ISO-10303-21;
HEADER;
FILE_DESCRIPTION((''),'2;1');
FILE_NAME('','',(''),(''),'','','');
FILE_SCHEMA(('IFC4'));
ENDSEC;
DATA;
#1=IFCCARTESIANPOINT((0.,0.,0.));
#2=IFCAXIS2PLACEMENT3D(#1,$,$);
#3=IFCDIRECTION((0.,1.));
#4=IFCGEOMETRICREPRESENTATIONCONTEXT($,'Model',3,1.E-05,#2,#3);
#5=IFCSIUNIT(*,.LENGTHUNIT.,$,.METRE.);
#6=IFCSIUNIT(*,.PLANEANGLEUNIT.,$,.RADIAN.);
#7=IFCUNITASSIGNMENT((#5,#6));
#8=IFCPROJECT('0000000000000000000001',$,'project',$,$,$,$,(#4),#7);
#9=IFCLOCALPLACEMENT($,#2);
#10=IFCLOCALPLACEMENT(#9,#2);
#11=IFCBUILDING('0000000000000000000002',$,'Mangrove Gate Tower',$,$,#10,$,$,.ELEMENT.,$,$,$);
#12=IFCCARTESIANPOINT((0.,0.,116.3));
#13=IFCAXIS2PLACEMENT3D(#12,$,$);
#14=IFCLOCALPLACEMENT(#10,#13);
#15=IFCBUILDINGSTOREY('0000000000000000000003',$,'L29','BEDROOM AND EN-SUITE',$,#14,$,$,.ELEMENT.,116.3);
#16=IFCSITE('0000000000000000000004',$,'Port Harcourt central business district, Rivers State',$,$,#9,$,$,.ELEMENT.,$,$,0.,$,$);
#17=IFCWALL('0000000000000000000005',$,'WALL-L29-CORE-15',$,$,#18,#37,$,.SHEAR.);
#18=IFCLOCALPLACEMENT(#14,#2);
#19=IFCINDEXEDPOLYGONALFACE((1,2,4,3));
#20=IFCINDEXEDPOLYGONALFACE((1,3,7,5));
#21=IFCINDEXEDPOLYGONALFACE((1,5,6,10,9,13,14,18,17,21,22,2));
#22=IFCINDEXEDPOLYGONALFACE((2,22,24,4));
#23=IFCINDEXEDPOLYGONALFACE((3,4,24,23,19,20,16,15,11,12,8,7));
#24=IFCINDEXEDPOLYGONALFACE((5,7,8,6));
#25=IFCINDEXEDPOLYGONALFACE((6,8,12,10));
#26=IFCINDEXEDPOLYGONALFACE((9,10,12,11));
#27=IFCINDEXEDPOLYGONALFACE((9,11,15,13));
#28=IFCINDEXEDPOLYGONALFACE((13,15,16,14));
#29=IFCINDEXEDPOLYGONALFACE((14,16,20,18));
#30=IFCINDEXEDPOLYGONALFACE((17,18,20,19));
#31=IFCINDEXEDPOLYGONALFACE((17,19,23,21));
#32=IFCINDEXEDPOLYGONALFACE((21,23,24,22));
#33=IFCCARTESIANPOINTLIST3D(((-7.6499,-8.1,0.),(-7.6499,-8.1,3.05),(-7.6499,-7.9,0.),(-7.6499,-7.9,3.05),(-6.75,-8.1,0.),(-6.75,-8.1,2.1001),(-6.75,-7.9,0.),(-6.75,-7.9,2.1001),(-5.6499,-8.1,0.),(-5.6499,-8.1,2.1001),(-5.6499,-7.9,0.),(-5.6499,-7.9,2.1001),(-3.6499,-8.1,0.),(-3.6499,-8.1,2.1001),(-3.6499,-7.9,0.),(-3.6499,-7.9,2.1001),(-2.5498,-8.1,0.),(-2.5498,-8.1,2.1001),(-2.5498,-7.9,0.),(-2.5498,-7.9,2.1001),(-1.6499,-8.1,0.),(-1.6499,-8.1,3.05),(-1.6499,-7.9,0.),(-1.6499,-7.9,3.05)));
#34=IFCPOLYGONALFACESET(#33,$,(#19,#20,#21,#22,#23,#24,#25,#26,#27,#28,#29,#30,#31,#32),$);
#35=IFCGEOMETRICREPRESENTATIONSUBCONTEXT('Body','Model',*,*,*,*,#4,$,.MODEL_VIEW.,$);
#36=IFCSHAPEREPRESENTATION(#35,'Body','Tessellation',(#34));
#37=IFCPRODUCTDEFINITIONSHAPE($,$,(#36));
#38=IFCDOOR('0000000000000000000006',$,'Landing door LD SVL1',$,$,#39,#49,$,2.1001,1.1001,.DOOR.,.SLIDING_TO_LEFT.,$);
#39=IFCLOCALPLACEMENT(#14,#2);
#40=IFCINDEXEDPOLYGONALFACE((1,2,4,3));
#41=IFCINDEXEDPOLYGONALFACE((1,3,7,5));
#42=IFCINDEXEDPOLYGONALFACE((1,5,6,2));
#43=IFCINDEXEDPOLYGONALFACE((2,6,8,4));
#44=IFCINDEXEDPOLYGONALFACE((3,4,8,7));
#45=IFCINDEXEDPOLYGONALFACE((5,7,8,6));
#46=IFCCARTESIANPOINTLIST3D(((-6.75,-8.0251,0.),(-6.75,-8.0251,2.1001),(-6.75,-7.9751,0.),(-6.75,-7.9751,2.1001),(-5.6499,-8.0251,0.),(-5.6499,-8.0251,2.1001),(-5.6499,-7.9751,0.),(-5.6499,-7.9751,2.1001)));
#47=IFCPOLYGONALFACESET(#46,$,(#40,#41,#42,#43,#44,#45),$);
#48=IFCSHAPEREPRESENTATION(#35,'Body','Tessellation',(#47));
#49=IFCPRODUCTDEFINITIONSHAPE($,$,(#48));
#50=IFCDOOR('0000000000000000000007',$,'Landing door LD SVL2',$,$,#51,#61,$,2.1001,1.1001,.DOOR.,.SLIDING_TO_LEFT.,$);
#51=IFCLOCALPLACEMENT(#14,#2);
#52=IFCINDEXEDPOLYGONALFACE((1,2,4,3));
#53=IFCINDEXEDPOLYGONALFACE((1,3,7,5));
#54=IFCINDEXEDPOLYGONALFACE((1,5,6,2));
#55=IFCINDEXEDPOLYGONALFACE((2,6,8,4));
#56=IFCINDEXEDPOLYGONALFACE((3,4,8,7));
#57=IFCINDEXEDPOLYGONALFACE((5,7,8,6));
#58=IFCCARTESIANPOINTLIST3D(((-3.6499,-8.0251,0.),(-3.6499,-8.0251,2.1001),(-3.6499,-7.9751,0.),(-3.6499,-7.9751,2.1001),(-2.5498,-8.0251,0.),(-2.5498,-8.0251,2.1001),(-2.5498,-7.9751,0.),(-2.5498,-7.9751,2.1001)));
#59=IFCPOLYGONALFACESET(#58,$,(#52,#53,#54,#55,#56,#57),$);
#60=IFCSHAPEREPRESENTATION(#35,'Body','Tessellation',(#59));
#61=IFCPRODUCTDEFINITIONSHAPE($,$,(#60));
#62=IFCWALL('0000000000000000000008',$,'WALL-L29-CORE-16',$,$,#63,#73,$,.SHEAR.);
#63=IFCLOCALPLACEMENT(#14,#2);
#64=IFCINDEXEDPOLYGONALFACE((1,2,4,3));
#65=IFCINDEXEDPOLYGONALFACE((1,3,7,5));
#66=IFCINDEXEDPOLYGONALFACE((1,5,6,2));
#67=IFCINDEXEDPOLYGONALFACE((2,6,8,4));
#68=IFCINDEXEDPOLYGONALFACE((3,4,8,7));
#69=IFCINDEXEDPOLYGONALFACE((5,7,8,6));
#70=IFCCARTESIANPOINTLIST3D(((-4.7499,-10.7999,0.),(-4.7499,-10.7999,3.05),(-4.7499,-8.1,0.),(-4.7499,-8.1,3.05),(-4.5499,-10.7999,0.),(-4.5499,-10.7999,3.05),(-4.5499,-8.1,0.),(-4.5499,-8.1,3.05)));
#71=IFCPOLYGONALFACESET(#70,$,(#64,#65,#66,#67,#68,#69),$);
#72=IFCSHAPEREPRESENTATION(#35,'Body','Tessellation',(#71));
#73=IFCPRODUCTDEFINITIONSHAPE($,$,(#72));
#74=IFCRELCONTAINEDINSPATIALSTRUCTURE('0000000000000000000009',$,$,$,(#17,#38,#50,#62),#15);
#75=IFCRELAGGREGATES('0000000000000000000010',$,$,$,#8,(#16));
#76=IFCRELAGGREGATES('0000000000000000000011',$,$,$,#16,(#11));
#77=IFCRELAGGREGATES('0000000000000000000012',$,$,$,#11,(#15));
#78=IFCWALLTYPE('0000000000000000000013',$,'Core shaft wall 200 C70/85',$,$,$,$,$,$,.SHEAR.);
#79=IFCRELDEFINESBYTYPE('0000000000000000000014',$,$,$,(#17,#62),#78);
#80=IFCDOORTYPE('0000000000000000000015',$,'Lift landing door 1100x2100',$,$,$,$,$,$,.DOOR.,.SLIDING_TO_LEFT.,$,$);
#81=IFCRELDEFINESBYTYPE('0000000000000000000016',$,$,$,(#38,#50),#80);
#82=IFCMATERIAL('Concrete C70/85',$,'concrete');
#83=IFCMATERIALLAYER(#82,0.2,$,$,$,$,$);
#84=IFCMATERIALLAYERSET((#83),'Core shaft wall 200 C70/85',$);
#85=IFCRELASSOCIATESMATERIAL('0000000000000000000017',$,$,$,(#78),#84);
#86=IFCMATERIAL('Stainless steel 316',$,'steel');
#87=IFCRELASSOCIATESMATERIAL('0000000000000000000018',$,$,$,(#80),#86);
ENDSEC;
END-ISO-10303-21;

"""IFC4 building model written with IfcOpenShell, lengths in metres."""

from ifc_helpers import new_model, si_unit, direction, frame, frame_2d, origin, place, context, subcontext, project, spatial, rectangle, extrude, material, layer, layer_set, type_object, element, fill, save


model = new_model("IFC4")

# Units and contexts
model_context = context("Model", 3, precision=1e-05, world=origin(), true_north=direction((0.0, 1.0)))
body_context = subcontext(model_context, "Body", "Model", "MODEL_VIEW")
ifc_project = project(units=[si_unit("LENGTHUNIT", "METRE"), si_unit("PLANEANGLEUNIT", "RADIAN")], contexts=[model_context])

# Site, building, storey
site_placement = place(None, origin())
site = spatial("IfcSite", under=ifc_project, at=site_placement, Name="Port Harcourt central business district, Rivers State", CompositionType="ELEMENT", RefElevation=0.0)
building_placement = place(site_placement, origin())
building = spatial("IfcBuilding", under=site, at=building_placement, Name="Mangrove Gate Tower", CompositionType="ELEMENT")
storey_placement = place(building_placement, frame((0.0, 0.0, 116.3)))
storey = spatial("IfcBuildingStorey", under=building, at=storey_placement, Name="L29", Description="BEDROOM AND EN-SUITE", CompositionType="ELEMENT", Elevation=116.3)

# Wall, openings, doors
ifc_material_1 = material(Name="Concrete C70/85", Category="concrete")
ifc_layer_1 = layer(ifc_material_1, 0.2)
ifc_layer_set_1 = layer_set([ifc_layer_1], Name="Core shaft wall 200 C70/85")
wall_type_1 = type_object("IfcWallType", Name="Core shaft wall 200 C70/85", PredefinedType="SHEAR", material=ifc_layer_set_1)
wall_1_placement = place(storey_placement, frame((-7.6499, -8.0, 0.0), z_axis=(0.0, 0.0, 1.0), x_axis=(1.0, 0.0, 0.0)))
wall_1 = element("IfcWall", 1, at=wall_1_placement, inside=storey, type_object=wall_type_1, Name="WALL-L29-CORE-15", PredefinedType="SHEAR", context=body_context, shape_type="SweptSolid", body=[
    extrude(rectangle(XDim=6.0, YDim=0.2, at=frame_2d((3.0, 0.0))), origin(), (0.0, 0.0, 1.0), 3.05),
])
opening_1_placement = place(wall_1_placement, frame((0.8999, 0.0, 0.0)))
opening_1 = element("IfcOpeningElement", 2, at=opening_1_placement, cuts=wall_1, PredefinedType="OPENING", context=body_context, shape_type="SweptSolid", body=[
    extrude(rectangle(XDim=1.1001, YDim=2.1001, at=frame_2d((0.55, 1.05))), frame((0.0, 0.1099, 0.0), z_axis=(0.0, -1.0, 0.0), x_axis=(1.0, 0.0, 0.0)), (0.0, 0.0, 1.0), 0.22),
])
opening_2_placement = place(wall_1_placement, frame((4.0, 0.0, 0.0)))
opening_2 = element("IfcOpeningElement", 3, at=opening_2_placement, cuts=wall_1, PredefinedType="OPENING", context=body_context, shape_type="SweptSolid", body=[
    extrude(rectangle(XDim=1.1001, YDim=2.1001, at=frame_2d((0.55, 1.05))), frame((0.0, 0.1099, 0.0), z_axis=(0.0, -1.0, 0.0), x_axis=(1.0, 0.0, 0.0)), (0.0, 0.0, 1.0), 0.22),
])
ifc_material_2 = material(Name="Stainless steel 316", Category="steel")
door_type_1 = type_object("IfcDoorType", Name="Lift landing door 1100x2100", OperationType="SLIDING_TO_LEFT", PredefinedType="DOOR", material=ifc_material_2)
door_1_placement = place(opening_1_placement, origin())
door_1 = element("IfcDoor", 4, at=door_1_placement, inside=storey, type_object=door_type_1, Name="Landing door LD SVL1", OperationType="SLIDING_TO_LEFT", OverallHeight=2.1001, OverallWidth=1.1001, PredefinedType="DOOR", context=body_context, shape_type="SweptSolid", body=[
    extrude(rectangle(XDim=1.1001, YDim=2.1001, at=frame_2d((0.55, 1.05))), frame((0.0, 0.0249, 0.0), z_axis=(0.0, -1.0, 0.0), x_axis=(1.0, 0.0, 0.0)), (0.0, 0.0, 1.0), 0.05),
])
fill(opening_1, door_1)
door_2_placement = place(opening_2_placement, origin())
door_2 = element("IfcDoor", 5, at=door_2_placement, inside=storey, type_object=door_type_1, Name="Landing door LD SVL2", OperationType="SLIDING_TO_LEFT", OverallHeight=2.1001, OverallWidth=1.1001, PredefinedType="DOOR", context=body_context, shape_type="SweptSolid", body=[
    extrude(rectangle(XDim=1.1001, YDim=2.1001, at=frame_2d((0.55, 1.05))), frame((0.0, 0.0249, 0.0), z_axis=(0.0, -1.0, 0.0), x_axis=(1.0, 0.0, 0.0)), (0.0, 0.0, 1.0), 0.05),
])
fill(opening_2, door_2)

# Wall
wall_2_placement = place(storey_placement, frame((-4.6499, -10.8, 0.0), z_axis=(0.0, 0.0, 1.0), x_axis=(0.0, 1.0, 0.0)))
element("IfcWall", 6, at=wall_2_placement, inside=storey, type_object=wall_type_1, Name="WALL-L29-CORE-16", PredefinedType="SHEAR", context=body_context, shape_type="SweptSolid", body=[
    extrude(rectangle(XDim=2.7, YDim=0.2, at=frame_2d((1.3501, 0.0))), origin(), (0.0, 0.0, 1.0), 3.05),
])

save(model, "model.ifc")
